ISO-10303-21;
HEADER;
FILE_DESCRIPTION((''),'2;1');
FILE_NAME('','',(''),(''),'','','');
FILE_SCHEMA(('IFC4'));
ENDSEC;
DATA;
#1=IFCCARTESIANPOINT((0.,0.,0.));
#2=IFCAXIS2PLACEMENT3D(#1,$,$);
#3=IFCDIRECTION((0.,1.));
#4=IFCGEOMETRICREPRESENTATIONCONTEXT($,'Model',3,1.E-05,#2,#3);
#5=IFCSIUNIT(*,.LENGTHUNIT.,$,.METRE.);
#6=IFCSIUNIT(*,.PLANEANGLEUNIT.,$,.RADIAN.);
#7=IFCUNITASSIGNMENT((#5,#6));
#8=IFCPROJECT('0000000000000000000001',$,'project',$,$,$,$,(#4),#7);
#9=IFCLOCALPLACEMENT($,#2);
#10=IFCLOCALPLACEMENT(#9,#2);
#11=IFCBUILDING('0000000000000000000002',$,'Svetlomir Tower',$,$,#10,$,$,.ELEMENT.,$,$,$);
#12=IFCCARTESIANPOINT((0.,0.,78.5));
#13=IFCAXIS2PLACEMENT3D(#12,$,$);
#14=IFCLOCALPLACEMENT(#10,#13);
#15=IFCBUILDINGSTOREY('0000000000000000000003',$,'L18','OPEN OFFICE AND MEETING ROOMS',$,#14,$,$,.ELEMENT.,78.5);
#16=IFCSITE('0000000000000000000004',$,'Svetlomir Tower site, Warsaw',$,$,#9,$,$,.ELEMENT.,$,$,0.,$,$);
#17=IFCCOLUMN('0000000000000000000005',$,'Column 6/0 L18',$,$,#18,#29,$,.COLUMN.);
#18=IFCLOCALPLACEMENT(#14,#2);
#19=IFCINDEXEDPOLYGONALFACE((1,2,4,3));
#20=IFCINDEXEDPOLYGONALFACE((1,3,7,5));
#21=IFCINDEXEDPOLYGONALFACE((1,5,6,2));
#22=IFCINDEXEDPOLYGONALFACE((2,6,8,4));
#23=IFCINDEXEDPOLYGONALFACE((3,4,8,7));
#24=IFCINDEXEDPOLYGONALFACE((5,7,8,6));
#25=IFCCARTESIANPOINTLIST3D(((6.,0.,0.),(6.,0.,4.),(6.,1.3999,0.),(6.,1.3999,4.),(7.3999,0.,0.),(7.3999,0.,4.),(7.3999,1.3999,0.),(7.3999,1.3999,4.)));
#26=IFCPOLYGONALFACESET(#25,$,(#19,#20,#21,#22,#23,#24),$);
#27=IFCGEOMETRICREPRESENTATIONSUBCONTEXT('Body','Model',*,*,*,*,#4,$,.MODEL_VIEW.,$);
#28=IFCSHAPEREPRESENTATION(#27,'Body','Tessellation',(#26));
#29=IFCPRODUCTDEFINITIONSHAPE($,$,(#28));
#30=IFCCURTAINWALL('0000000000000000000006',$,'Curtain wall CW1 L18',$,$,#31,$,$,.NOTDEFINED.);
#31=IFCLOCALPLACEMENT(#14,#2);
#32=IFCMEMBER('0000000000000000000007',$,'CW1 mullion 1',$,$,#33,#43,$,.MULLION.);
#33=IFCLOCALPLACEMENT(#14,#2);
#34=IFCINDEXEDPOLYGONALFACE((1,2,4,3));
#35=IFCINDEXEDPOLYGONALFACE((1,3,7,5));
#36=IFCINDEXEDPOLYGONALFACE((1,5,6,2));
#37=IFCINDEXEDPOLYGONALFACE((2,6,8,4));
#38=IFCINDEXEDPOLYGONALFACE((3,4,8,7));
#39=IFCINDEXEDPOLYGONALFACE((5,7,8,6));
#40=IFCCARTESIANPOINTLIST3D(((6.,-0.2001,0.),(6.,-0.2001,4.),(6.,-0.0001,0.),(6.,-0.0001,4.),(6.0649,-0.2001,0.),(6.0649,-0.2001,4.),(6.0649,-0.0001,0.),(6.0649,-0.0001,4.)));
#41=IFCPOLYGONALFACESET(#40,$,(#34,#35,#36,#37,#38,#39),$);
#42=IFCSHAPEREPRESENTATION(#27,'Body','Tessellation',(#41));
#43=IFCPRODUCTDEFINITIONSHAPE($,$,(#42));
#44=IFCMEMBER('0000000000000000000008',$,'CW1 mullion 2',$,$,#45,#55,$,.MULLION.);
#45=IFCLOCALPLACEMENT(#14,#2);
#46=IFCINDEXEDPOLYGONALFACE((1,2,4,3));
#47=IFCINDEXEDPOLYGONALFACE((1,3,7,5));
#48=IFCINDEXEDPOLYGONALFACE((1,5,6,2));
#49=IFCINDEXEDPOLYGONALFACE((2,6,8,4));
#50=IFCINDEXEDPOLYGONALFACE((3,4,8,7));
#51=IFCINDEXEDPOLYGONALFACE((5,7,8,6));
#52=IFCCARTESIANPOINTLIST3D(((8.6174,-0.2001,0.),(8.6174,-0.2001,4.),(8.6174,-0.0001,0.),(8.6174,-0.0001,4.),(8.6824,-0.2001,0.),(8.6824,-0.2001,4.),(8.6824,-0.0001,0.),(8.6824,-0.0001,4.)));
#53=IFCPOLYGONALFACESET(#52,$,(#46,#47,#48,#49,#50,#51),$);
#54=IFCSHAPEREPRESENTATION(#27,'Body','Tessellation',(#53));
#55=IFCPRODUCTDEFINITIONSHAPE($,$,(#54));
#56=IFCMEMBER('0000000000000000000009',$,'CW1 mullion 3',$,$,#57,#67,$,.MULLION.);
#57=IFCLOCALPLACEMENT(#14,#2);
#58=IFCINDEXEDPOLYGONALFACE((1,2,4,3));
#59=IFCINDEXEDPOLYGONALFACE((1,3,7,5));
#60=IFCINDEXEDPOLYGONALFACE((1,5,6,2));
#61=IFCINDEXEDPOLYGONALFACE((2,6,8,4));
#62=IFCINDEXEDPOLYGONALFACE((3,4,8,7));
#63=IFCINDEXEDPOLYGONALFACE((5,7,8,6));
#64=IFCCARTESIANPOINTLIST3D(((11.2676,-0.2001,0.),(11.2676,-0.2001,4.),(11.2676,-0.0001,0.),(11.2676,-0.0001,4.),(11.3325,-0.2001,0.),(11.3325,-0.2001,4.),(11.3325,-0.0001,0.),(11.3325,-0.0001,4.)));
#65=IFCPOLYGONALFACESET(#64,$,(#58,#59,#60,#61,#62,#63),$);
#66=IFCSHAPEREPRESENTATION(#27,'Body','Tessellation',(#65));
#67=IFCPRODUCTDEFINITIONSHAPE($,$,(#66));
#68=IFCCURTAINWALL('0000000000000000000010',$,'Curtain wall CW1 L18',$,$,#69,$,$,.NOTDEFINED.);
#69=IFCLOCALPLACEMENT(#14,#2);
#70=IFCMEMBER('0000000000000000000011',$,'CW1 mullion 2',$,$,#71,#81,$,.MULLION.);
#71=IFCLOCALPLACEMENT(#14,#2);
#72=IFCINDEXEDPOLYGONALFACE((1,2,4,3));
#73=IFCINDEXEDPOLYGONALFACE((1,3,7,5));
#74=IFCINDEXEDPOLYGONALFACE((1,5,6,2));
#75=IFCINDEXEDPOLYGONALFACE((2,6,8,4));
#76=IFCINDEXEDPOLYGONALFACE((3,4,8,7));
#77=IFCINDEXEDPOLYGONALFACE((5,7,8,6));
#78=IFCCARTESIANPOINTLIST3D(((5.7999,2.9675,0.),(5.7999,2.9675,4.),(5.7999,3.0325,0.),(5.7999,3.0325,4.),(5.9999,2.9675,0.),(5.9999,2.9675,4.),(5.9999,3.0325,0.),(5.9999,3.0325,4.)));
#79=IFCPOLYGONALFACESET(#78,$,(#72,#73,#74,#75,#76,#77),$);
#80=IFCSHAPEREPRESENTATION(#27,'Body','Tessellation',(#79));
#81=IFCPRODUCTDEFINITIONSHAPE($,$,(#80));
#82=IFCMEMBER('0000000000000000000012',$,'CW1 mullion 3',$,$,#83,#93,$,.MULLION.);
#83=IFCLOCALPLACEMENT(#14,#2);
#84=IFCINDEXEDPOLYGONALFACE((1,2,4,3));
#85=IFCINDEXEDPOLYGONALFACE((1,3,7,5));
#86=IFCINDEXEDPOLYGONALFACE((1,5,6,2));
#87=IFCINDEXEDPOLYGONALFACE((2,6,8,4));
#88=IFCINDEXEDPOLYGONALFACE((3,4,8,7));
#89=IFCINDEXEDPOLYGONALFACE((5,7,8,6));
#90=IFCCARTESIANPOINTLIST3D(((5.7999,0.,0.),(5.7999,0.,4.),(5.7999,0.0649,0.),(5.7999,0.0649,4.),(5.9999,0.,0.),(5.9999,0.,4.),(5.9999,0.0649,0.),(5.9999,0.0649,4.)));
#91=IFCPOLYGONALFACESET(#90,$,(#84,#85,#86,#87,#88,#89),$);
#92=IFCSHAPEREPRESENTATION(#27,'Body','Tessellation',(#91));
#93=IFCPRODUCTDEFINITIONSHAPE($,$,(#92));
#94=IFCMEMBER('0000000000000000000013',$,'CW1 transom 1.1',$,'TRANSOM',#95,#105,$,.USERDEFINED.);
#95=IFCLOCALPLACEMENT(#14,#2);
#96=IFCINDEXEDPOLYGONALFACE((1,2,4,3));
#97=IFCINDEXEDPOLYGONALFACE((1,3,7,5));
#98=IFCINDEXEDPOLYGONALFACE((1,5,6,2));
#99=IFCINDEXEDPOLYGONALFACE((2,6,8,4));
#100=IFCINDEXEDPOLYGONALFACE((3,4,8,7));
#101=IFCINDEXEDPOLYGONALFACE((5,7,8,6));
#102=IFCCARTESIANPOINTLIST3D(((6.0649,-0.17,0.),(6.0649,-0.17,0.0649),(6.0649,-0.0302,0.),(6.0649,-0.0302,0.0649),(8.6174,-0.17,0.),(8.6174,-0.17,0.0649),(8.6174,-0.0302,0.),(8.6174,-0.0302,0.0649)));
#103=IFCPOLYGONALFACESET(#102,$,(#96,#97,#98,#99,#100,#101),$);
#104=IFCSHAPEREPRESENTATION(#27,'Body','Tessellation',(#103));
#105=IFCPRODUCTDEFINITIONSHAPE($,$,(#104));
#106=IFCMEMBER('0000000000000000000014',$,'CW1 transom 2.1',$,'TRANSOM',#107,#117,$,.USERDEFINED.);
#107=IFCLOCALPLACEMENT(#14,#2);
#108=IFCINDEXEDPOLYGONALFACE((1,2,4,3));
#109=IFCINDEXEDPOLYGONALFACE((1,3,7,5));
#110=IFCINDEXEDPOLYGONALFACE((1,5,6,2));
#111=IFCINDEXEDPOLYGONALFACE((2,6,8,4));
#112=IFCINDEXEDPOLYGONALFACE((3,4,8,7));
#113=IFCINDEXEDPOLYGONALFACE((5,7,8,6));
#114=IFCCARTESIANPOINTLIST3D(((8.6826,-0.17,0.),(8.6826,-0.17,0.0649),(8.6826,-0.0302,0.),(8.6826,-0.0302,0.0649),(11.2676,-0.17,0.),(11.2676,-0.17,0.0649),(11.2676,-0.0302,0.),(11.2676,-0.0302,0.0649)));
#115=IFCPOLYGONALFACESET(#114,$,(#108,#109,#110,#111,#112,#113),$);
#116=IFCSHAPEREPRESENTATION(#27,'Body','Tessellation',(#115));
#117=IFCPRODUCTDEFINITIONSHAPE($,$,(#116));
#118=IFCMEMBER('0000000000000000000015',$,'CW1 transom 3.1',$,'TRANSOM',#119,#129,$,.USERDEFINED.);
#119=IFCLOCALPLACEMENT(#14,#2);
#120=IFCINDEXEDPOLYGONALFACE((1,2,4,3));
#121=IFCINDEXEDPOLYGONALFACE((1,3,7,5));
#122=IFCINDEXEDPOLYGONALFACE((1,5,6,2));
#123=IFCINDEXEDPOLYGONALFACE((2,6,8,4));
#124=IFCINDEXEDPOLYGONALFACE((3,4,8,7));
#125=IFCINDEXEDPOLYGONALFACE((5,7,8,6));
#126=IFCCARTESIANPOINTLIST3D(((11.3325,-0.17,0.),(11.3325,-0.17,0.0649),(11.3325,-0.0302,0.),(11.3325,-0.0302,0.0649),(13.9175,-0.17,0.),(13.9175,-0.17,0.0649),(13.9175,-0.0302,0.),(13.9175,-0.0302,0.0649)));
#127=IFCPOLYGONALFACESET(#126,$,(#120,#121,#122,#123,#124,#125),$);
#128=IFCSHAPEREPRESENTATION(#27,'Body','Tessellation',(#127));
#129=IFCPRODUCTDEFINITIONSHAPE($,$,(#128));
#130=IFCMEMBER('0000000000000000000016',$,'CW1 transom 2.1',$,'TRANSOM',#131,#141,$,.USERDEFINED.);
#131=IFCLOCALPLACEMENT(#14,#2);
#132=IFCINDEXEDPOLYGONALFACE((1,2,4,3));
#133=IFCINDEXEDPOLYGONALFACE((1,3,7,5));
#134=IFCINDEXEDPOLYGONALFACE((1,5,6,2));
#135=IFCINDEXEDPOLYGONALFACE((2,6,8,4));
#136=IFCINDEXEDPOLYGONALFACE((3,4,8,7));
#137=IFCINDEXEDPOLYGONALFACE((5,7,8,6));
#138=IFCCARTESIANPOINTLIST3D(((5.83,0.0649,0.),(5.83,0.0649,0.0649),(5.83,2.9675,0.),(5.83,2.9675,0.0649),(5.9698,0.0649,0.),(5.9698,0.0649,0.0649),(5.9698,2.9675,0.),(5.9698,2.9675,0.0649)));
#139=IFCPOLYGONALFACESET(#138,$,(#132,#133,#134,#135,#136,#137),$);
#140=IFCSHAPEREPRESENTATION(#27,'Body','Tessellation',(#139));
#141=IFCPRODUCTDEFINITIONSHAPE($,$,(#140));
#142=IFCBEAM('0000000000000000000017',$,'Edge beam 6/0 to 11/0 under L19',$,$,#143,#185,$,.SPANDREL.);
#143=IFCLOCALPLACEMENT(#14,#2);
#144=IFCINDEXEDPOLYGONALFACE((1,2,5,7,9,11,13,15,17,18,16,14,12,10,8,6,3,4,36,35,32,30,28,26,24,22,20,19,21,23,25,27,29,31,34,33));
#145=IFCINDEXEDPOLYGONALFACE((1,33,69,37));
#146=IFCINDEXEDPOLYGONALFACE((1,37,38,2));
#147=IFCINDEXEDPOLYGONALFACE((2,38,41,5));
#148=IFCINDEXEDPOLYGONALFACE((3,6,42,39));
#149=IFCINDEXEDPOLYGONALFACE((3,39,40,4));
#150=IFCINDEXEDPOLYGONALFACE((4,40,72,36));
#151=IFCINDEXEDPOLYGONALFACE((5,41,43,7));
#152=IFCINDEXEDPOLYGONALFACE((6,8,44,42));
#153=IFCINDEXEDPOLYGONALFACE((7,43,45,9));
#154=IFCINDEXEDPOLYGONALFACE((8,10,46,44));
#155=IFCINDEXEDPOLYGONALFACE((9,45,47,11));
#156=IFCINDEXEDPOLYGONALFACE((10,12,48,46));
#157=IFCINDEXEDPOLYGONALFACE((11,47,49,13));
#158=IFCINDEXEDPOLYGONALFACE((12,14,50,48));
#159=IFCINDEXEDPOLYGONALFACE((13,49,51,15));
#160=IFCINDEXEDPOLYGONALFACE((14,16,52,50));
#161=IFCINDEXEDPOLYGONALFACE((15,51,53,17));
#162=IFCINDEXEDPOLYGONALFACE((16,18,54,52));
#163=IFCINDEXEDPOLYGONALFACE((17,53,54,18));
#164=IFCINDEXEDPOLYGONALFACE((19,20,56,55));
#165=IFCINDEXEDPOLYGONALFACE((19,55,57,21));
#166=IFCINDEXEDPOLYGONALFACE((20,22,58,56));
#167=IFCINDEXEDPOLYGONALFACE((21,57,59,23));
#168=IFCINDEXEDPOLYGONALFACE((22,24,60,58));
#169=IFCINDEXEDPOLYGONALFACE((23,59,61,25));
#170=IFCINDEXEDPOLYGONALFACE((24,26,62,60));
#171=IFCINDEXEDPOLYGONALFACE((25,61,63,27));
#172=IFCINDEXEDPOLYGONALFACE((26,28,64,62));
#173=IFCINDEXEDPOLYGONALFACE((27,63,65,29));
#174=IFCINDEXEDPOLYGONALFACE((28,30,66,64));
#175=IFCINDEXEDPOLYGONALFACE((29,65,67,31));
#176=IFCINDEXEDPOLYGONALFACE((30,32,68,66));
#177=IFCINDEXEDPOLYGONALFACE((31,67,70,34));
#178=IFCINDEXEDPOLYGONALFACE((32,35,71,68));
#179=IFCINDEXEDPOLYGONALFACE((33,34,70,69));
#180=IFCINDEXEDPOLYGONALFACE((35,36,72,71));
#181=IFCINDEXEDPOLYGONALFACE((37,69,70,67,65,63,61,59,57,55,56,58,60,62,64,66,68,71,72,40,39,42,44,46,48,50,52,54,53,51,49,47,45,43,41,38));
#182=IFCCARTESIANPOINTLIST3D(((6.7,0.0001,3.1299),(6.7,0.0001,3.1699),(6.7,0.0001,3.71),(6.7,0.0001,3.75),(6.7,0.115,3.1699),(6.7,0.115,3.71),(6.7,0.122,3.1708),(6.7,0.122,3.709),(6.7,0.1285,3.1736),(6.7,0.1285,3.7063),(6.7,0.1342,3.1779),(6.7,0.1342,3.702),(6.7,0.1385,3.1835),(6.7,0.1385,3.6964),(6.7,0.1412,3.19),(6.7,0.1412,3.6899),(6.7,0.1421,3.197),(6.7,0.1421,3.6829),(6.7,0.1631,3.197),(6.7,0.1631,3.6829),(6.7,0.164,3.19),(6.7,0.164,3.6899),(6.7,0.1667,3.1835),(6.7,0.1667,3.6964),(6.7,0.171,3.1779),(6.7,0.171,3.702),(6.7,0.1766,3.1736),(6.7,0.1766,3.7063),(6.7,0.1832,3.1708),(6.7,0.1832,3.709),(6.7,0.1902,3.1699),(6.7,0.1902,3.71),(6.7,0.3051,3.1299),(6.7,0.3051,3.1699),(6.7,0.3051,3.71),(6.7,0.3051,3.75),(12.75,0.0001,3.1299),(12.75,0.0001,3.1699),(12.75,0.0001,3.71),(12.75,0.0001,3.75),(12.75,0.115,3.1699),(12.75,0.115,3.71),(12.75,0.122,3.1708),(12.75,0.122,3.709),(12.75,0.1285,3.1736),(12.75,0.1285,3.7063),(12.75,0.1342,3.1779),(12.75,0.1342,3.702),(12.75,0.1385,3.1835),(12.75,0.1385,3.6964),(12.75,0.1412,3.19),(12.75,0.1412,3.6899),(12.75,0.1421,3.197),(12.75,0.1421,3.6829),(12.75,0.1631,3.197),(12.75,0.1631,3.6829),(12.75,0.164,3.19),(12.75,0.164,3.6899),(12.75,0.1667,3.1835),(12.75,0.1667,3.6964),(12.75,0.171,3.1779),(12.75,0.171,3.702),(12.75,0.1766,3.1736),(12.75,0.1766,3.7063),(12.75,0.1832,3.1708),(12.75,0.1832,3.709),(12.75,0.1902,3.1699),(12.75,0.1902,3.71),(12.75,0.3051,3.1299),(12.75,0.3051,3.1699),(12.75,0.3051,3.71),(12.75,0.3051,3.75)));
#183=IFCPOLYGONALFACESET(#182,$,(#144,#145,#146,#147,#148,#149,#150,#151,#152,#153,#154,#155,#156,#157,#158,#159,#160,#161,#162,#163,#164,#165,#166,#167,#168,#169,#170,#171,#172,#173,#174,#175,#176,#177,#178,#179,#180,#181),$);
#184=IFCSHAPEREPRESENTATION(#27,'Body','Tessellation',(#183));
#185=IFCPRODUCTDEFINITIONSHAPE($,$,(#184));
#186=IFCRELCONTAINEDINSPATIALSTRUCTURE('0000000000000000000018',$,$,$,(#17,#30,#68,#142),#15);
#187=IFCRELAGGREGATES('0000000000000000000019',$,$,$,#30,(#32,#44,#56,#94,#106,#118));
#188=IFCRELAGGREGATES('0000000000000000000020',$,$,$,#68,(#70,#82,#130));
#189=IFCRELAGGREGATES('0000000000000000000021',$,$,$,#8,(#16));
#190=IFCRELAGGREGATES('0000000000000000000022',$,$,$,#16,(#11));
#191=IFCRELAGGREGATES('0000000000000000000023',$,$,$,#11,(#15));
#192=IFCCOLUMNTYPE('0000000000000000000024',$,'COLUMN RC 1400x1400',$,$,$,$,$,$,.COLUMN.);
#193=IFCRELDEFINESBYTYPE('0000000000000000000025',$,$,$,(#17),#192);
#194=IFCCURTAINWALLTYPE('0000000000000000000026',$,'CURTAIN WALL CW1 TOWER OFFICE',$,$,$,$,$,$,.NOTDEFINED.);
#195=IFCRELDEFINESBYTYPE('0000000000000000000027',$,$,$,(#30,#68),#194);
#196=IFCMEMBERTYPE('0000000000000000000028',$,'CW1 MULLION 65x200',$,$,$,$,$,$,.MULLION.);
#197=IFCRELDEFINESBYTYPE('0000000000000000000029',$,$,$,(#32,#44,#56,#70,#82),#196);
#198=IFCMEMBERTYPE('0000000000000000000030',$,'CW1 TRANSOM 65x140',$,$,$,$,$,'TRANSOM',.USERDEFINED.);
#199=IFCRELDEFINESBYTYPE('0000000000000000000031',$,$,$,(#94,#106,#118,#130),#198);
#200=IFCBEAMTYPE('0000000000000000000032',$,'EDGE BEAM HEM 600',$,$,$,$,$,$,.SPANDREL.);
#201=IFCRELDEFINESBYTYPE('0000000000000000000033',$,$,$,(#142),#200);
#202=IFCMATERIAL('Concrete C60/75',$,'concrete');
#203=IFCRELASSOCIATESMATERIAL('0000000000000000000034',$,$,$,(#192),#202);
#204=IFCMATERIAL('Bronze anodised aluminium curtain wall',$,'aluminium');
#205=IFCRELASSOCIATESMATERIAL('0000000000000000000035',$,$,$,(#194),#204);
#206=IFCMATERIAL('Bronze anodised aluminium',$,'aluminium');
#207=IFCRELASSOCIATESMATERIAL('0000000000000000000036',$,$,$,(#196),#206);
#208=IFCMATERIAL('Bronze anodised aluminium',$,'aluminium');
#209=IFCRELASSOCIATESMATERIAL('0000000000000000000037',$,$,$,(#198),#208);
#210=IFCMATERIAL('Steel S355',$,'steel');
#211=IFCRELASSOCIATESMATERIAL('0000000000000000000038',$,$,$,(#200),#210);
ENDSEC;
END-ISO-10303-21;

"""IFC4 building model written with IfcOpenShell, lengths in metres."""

from ifc_helpers import new_model, si_unit, direction, frame, origin, origin_2d, place, context, subcontext, project, spatial, rectangle, i_section, extrude, material, material_profile, profile_set, type_object, element, aggregate, save


model = new_model("IFC4")

# Units and contexts
model_context = context("Model", 3, precision=1e-05, world=origin(), true_north=direction((0.0, 1.0)))
body_context = subcontext(model_context, "Body", "Model", "MODEL_VIEW")
ifc_project = project(units=[si_unit("LENGTHUNIT", "METRE"), si_unit("PLANEANGLEUNIT", "RADIAN")], contexts=[model_context])

# Site, building, storey
site_placement = place(None, origin())
site = spatial("IfcSite", under=ifc_project, at=site_placement, Name="Svetlomir Tower site, Warsaw", CompositionType="ELEMENT", RefElevation=0.0)
building_placement = place(site_placement, origin())
building = spatial("IfcBuilding", under=site, at=building_placement, Name="Svetlomir Tower", CompositionType="ELEMENT")
storey_placement = place(building_placement, frame((0.0, 0.0, 78.5)))
storey = spatial("IfcBuildingStorey", under=building, at=storey_placement, Name="L18", Description="OPEN OFFICE AND MEETING ROOMS", CompositionType="ELEMENT", Elevation=78.5)

# Column
ifc_material_1 = material(Name="Concrete C60/75", Category="concrete")
ifc_material_profile_1 = material_profile(ifc_material_1, rectangle(XDim=1.3999, YDim=1.3999, at=origin_2d()), Name="RC 1400x1400")
ifc_profile_set_1 = profile_set([ifc_material_profile_1], Name="Concrete C60/75")
column_type = type_object("IfcColumnType", Name="COLUMN RC 1400x1400", PredefinedType="COLUMN", material=ifc_profile_set_1)
column_placement = place(storey_placement, frame((6.7, 0.7, 0.0), z_axis=(0.0, 0.0, 1.0), x_axis=(1.0, 0.0, 0.0)))
element("IfcColumn", 1, at=column_placement, inside=storey, type_object=column_type, Name="Column 6/0 L18", PredefinedType="COLUMN", context=body_context, shape_type="SweptSolid", body=[
    extrude(rectangle(XDim=1.3999, YDim=1.3999, at=origin_2d()), origin(), (0.0, 0.0, 1.0), 4.0),
])

# Curtain walls, members
ifc_material_2 = material(Name="Bronze anodised aluminium curtain wall", Category="aluminium")
curtain_wall_type = type_object("IfcCurtainWallType", Name="CURTAIN WALL CW1 TOWER OFFICE", PredefinedType="NOTDEFINED", material=ifc_material_2)
curtain_wall_1_placement = place(storey_placement, origin())
curtain_wall_1 = element("IfcCurtainWall", 2, at=curtain_wall_1_placement, inside=storey, type_object=curtain_wall_type, Name="Curtain wall CW1 L18", PredefinedType="NOTDEFINED")
ifc_material_3 = material(Name="Bronze anodised aluminium", Category="aluminium")
ifc_material_profile_2 = material_profile(ifc_material_3, rectangle(XDim=0.0649, YDim=0.2, at=origin_2d()), Name="AL 65x200")
ifc_profile_set_2 = profile_set([ifc_material_profile_2], Name="Bronze anodised aluminium 6063-T6")
member_type_1 = type_object("IfcMemberType", Name="CW1 MULLION 65x200", PredefinedType="MULLION", material=ifc_profile_set_2)
member_1_placement = place(storey_placement, frame((6.0325, -0.1001, 0.0), z_axis=(0.0, 0.0, 1.0), x_axis=(1.0, 0.0, 0.0)))
member_1 = element("IfcMember", 3, at=member_1_placement, type_object=member_type_1, Name="CW1 mullion 1", PredefinedType="MULLION", context=body_context, shape_type="SweptSolid", body=[
    extrude(rectangle(XDim=0.0649, YDim=0.2, at=origin_2d()), origin(), (0.0, 0.0, 1.0), 4.0),
])
member_2_placement = place(storey_placement, frame((8.6499, -0.1001, 0.0), z_axis=(0.0, 0.0, 1.0), x_axis=(1.0, 0.0, 0.0)))
member_2 = element("IfcMember", 4, at=member_2_placement, type_object=member_type_1, Name="CW1 mullion 2", PredefinedType="MULLION", context=body_context, shape_type="SweptSolid", body=[
    extrude(rectangle(XDim=0.0649, YDim=0.2, at=origin_2d()), origin(), (0.0, 0.0, 1.0), 4.0),
])
member_3_placement = place(storey_placement, frame((11.3, -0.1001, 0.0), z_axis=(0.0, 0.0, 1.0), x_axis=(1.0, 0.0, 0.0)))
member_3 = element("IfcMember", 5, at=member_3_placement, type_object=member_type_1, Name="CW1 mullion 3", PredefinedType="MULLION", context=body_context, shape_type="SweptSolid", body=[
    extrude(rectangle(XDim=0.0649, YDim=0.2, at=origin_2d()), origin(), (0.0, 0.0, 1.0), 4.0),
])
curtain_wall_2_placement = place(storey_placement, origin())
curtain_wall_2 = element("IfcCurtainWall", 6, at=curtain_wall_2_placement, inside=storey, type_object=curtain_wall_type, Name="Curtain wall CW1 L18", PredefinedType="NOTDEFINED")
member_4_placement = place(storey_placement, frame((5.8999, 3.0, 0.0), z_axis=(0.0, 0.0, 1.0), x_axis=(0.0, -1.0, 0.0)))
member_4 = element("IfcMember", 7, at=member_4_placement, type_object=member_type_1, Name="CW1 mullion 2", PredefinedType="MULLION", context=body_context, shape_type="SweptSolid", body=[
    extrude(rectangle(XDim=0.0649, YDim=0.2, at=origin_2d()), origin(), (0.0, 0.0, 1.0), 4.0),
])
member_5_placement = place(storey_placement, frame((5.8999, 0.0325, 0.0), z_axis=(0.0, 0.0, 1.0), x_axis=(0.0, -1.0, 0.0)))
member_5 = element("IfcMember", 8, at=member_5_placement, type_object=member_type_1, Name="CW1 mullion 3", PredefinedType="MULLION", context=body_context, shape_type="SweptSolid", body=[
    extrude(rectangle(XDim=0.0649, YDim=0.2, at=origin_2d()), origin(), (0.0, 0.0, 1.0), 4.0),
])

# Members
ifc_material_4 = material(Name="Bronze anodised aluminium", Category="aluminium")
ifc_material_profile_3 = material_profile(ifc_material_4, rectangle(XDim=0.1399, YDim=0.0649, at=origin_2d()), Name="AL 140x65")
ifc_profile_set_3 = profile_set([ifc_material_profile_3], Name="Bronze anodised aluminium 6063-T6")
member_type_2 = type_object("IfcMemberType", Name="CW1 TRANSOM 65x140", ElementType="TRANSOM", PredefinedType="USERDEFINED", material=ifc_profile_set_3)
member_6_placement = place(storey_placement, frame((6.0649, -0.1001, 0.0325), z_axis=(1.0, 0.0, 0.0), x_axis=(0.0, 1.0, 0.0)))
member_6 = element("IfcMember", 9, at=member_6_placement, type_object=member_type_2, Name="CW1 transom 1.1", ObjectType="TRANSOM", PredefinedType="USERDEFINED", context=body_context, shape_type="SweptSolid", body=[
    extrude(rectangle(XDim=0.1399, YDim=0.0649, at=origin_2d()), origin(), (0.0, 0.0, 1.0), 2.5525),
])
member_7_placement = place(storey_placement, frame((8.6826, -0.1001, 0.0325), z_axis=(1.0, 0.0, 0.0), x_axis=(0.0, 1.0, 0.0)))
member_7 = element("IfcMember", 10, at=member_7_placement, type_object=member_type_2, Name="CW1 transom 2.1", ObjectType="TRANSOM", PredefinedType="USERDEFINED", context=body_context, shape_type="SweptSolid", body=[
    extrude(rectangle(XDim=0.1399, YDim=0.0649, at=origin_2d()), origin(), (0.0, 0.0, 1.0), 2.585),
])
member_8_placement = place(storey_placement, frame((11.3325, -0.1001, 0.0325), z_axis=(1.0, 0.0, 0.0), x_axis=(0.0, 1.0, 0.0)))
member_8 = element("IfcMember", 11, at=member_8_placement, type_object=member_type_2, Name="CW1 transom 3.1", ObjectType="TRANSOM", PredefinedType="USERDEFINED", context=body_context, shape_type="SweptSolid", body=[
    extrude(rectangle(XDim=0.1399, YDim=0.0649, at=origin_2d()), origin(), (0.0, 0.0, 1.0), 2.585),
])
member_9_placement = place(storey_placement, frame((5.8999, 2.9675, 0.0325), z_axis=(0.0, -1.0, 0.0), x_axis=(1.0, 0.0, 0.0)))
member_9 = element("IfcMember", 12, at=member_9_placement, type_object=member_type_2, Name="CW1 transom 2.1", ObjectType="TRANSOM", PredefinedType="USERDEFINED", context=body_context, shape_type="SweptSolid", body=[
    extrude(rectangle(XDim=0.1399, YDim=0.0649, at=origin_2d()), origin(), (0.0, 0.0, 1.0), 2.9026),
])

# Beam
ifc_material_5 = material(Name="Steel S355", Category="steel")
ifc_material_profile_4 = material_profile(ifc_material_5, i_section(OverallWidth=0.3049, OverallDepth=0.6201, WebThickness=0.021, FlangeThickness=0.04, FilletRadius=0.0271, at=origin_2d()), Name="HEM 600")
ifc_profile_set_4 = profile_set([ifc_material_profile_4], Name="Steel S355")
beam_type = type_object("IfcBeamType", Name="EDGE BEAM HEM 600", PredefinedType="SPANDREL", material=ifc_profile_set_4)
beam_1_placement = place(storey_placement, frame((6.7, 0.1526, 3.4399), z_axis=(1.0, 0.0, 0.0), x_axis=(0.0, 1.0, 0.0)))
element("IfcBeam", 13, at=beam_1_placement, inside=storey, type_object=beam_type, Name="Edge beam 6/0 to 11/0 under L19", PredefinedType="SPANDREL", context=body_context, shape_type="SweptSolid", body=[
    extrude(i_section(OverallWidth=0.3049, OverallDepth=0.6201, WebThickness=0.021, FlangeThickness=0.04, FilletRadius=0.0271, at=origin_2d()), origin(), (0.0, 0.0, 1.0), 6.05),
])

aggregate(curtain_wall_1, [member_1, member_2, member_3, member_6, member_7, member_8])
aggregate(curtain_wall_2, [member_4, member_5, member_9])

save(model, "model.ifc")
